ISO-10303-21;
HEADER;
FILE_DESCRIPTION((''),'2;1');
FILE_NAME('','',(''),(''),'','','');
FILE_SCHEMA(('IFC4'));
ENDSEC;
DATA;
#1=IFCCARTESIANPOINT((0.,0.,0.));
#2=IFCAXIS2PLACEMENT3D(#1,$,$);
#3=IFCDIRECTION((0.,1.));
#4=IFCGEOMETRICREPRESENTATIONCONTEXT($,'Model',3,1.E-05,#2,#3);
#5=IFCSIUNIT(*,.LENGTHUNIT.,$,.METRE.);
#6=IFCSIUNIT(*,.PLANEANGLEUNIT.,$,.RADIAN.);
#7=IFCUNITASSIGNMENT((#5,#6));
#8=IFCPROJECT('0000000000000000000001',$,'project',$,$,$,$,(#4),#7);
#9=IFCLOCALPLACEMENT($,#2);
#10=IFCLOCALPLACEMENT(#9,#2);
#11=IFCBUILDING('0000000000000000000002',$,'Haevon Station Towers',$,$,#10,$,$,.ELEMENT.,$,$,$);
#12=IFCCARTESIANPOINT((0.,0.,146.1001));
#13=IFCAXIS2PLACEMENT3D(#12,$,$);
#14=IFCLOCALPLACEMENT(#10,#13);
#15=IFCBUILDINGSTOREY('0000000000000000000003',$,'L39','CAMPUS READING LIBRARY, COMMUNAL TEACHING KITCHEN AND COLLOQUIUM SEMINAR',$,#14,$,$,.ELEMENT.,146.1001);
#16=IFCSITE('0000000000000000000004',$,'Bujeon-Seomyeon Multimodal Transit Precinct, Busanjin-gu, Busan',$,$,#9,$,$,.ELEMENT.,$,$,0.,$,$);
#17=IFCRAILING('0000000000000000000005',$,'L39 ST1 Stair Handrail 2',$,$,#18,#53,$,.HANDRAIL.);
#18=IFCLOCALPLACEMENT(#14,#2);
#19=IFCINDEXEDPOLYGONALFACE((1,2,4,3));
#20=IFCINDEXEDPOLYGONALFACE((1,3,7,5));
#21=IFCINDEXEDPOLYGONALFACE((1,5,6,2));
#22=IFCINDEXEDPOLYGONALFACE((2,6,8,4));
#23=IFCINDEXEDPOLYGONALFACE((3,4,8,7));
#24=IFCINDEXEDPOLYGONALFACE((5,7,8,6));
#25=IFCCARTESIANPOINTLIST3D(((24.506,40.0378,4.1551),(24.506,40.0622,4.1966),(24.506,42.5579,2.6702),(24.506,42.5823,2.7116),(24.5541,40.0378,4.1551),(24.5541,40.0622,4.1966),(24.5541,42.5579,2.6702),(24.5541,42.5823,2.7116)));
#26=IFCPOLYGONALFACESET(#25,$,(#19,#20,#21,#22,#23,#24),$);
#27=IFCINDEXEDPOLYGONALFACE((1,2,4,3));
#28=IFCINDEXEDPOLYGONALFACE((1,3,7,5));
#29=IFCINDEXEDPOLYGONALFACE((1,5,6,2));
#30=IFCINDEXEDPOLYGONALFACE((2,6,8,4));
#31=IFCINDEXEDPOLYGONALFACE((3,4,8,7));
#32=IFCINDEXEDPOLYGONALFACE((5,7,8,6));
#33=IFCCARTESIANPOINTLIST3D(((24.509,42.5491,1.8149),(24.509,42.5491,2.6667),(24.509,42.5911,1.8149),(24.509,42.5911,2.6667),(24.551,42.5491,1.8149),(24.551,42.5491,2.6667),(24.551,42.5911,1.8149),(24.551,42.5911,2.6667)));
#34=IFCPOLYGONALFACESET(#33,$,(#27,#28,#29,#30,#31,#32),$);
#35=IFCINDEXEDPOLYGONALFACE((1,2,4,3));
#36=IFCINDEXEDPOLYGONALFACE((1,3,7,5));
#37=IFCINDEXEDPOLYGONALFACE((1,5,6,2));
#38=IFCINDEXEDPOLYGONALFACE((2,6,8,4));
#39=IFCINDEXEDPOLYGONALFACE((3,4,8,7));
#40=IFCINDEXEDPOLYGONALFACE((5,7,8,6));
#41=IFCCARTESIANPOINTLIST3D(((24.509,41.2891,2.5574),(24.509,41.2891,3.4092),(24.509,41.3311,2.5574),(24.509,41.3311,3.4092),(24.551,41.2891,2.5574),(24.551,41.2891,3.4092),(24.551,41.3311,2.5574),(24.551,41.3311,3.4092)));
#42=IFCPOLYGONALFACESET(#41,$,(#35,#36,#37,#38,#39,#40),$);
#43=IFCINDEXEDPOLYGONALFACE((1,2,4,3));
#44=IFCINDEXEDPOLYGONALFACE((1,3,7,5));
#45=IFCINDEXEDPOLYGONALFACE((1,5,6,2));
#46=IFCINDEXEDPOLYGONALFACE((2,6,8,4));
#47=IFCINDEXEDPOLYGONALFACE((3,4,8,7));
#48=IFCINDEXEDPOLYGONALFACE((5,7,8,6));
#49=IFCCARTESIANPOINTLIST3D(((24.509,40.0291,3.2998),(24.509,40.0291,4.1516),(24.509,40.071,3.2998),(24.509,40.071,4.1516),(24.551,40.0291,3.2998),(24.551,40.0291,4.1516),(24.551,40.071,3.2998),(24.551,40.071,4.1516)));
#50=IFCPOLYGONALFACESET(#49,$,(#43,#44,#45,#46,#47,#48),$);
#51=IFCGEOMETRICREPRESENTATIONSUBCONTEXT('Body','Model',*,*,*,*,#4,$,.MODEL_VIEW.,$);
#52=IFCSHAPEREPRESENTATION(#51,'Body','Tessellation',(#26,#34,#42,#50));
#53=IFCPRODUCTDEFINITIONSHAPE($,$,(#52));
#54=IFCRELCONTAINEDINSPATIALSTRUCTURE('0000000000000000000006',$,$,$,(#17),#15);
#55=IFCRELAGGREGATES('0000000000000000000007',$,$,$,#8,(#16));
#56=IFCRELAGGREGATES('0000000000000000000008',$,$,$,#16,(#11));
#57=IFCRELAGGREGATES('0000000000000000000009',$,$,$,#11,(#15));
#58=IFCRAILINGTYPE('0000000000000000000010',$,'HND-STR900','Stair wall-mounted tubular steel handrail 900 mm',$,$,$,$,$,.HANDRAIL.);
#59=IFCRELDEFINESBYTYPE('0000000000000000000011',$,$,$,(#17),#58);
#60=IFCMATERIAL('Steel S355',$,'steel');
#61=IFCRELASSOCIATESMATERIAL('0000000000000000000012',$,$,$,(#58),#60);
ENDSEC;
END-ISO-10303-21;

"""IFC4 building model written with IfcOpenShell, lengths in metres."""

from ifc_helpers import new_model, si_unit, direction, frame, origin, origin_2d, place, context, subcontext, project, spatial, rectangle, extrude, material, type_object, element, save


model = new_model("IFC4")

# Units and contexts
model_context = context("Model", 3, precision=1e-05, world=origin(), true_north=direction((0.0, 1.0)))
body_context = subcontext(model_context, "Body", "Model", "MODEL_VIEW")
ifc_project = project(units=[si_unit("LENGTHUNIT", "METRE"), si_unit("PLANEANGLEUNIT", "RADIAN")], contexts=[model_context])

# Site, building, storey
site_placement = place(None, origin())
site = spatial("IfcSite", under=ifc_project, at=site_placement, Name="Bujeon-Seomyeon Multimodal Transit Precinct, Busanjin-gu, Busan", CompositionType="ELEMENT", RefElevation=0.0)
building_placement = place(site_placement, origin())
building = spatial("IfcBuilding", under=site, at=building_placement, Name="Haevon Station Towers", CompositionType="ELEMENT")
storey_placement = place(building_placement, frame((0.0, 0.0, 146.1001)))
storey = spatial("IfcBuildingStorey", under=building, at=storey_placement, Name="L39", Description="CAMPUS READING LIBRARY, COMMUNAL TEACHING KITCHEN AND COLLOQUIUM SEMINAR", CompositionType="ELEMENT", Elevation=146.1001)

# Shared definitions
ifc_material_1 = material(Name="Steel S355", Category="steel")

# Railing
railing_type_1 = type_object("IfcRailingType", Name="HND-STR900", Description="Stair wall-mounted tubular steel handrail 900 mm", PredefinedType="HANDRAIL", material=ifc_material_1)
railing_1_placement = place(storey_placement, frame((24.53, 42.5701, 1.8149)))
element("IfcRailing", 1, at=railing_1_placement, inside=storey, type_object=railing_type_1, Name="L39 ST1 Stair Handrail 2", PredefinedType="HANDRAIL", context=body_context, shape_type="SweptSolid", body=[
    extrude(rectangle(XDim=0.0481, YDim=0.0481, at=origin_2d()), frame((0.0, 0.0, 0.876), z_axis=(0.0, -0.861561, 0.507655), x_axis=(1.0, 0.0, 0.0)), (0.0, 0.0, 1.0), 2.925),
    extrude(rectangle(XDim=0.042, YDim=0.042, at=origin_2d()), origin(), (0.0, 0.0, 1.0), 0.8518),
    extrude(rectangle(XDim=0.042, YDim=0.042, at=origin_2d()), frame((0.0, -1.26, 0.7424)), (0.0, 0.0, 1.0), 0.8518),
    extrude(rectangle(XDim=0.042, YDim=0.042, at=origin_2d()), frame((0.0, -2.52, 1.4849)), (0.0, 0.0, 1.0), 0.8518),
])

save(model, "model.ifc")
